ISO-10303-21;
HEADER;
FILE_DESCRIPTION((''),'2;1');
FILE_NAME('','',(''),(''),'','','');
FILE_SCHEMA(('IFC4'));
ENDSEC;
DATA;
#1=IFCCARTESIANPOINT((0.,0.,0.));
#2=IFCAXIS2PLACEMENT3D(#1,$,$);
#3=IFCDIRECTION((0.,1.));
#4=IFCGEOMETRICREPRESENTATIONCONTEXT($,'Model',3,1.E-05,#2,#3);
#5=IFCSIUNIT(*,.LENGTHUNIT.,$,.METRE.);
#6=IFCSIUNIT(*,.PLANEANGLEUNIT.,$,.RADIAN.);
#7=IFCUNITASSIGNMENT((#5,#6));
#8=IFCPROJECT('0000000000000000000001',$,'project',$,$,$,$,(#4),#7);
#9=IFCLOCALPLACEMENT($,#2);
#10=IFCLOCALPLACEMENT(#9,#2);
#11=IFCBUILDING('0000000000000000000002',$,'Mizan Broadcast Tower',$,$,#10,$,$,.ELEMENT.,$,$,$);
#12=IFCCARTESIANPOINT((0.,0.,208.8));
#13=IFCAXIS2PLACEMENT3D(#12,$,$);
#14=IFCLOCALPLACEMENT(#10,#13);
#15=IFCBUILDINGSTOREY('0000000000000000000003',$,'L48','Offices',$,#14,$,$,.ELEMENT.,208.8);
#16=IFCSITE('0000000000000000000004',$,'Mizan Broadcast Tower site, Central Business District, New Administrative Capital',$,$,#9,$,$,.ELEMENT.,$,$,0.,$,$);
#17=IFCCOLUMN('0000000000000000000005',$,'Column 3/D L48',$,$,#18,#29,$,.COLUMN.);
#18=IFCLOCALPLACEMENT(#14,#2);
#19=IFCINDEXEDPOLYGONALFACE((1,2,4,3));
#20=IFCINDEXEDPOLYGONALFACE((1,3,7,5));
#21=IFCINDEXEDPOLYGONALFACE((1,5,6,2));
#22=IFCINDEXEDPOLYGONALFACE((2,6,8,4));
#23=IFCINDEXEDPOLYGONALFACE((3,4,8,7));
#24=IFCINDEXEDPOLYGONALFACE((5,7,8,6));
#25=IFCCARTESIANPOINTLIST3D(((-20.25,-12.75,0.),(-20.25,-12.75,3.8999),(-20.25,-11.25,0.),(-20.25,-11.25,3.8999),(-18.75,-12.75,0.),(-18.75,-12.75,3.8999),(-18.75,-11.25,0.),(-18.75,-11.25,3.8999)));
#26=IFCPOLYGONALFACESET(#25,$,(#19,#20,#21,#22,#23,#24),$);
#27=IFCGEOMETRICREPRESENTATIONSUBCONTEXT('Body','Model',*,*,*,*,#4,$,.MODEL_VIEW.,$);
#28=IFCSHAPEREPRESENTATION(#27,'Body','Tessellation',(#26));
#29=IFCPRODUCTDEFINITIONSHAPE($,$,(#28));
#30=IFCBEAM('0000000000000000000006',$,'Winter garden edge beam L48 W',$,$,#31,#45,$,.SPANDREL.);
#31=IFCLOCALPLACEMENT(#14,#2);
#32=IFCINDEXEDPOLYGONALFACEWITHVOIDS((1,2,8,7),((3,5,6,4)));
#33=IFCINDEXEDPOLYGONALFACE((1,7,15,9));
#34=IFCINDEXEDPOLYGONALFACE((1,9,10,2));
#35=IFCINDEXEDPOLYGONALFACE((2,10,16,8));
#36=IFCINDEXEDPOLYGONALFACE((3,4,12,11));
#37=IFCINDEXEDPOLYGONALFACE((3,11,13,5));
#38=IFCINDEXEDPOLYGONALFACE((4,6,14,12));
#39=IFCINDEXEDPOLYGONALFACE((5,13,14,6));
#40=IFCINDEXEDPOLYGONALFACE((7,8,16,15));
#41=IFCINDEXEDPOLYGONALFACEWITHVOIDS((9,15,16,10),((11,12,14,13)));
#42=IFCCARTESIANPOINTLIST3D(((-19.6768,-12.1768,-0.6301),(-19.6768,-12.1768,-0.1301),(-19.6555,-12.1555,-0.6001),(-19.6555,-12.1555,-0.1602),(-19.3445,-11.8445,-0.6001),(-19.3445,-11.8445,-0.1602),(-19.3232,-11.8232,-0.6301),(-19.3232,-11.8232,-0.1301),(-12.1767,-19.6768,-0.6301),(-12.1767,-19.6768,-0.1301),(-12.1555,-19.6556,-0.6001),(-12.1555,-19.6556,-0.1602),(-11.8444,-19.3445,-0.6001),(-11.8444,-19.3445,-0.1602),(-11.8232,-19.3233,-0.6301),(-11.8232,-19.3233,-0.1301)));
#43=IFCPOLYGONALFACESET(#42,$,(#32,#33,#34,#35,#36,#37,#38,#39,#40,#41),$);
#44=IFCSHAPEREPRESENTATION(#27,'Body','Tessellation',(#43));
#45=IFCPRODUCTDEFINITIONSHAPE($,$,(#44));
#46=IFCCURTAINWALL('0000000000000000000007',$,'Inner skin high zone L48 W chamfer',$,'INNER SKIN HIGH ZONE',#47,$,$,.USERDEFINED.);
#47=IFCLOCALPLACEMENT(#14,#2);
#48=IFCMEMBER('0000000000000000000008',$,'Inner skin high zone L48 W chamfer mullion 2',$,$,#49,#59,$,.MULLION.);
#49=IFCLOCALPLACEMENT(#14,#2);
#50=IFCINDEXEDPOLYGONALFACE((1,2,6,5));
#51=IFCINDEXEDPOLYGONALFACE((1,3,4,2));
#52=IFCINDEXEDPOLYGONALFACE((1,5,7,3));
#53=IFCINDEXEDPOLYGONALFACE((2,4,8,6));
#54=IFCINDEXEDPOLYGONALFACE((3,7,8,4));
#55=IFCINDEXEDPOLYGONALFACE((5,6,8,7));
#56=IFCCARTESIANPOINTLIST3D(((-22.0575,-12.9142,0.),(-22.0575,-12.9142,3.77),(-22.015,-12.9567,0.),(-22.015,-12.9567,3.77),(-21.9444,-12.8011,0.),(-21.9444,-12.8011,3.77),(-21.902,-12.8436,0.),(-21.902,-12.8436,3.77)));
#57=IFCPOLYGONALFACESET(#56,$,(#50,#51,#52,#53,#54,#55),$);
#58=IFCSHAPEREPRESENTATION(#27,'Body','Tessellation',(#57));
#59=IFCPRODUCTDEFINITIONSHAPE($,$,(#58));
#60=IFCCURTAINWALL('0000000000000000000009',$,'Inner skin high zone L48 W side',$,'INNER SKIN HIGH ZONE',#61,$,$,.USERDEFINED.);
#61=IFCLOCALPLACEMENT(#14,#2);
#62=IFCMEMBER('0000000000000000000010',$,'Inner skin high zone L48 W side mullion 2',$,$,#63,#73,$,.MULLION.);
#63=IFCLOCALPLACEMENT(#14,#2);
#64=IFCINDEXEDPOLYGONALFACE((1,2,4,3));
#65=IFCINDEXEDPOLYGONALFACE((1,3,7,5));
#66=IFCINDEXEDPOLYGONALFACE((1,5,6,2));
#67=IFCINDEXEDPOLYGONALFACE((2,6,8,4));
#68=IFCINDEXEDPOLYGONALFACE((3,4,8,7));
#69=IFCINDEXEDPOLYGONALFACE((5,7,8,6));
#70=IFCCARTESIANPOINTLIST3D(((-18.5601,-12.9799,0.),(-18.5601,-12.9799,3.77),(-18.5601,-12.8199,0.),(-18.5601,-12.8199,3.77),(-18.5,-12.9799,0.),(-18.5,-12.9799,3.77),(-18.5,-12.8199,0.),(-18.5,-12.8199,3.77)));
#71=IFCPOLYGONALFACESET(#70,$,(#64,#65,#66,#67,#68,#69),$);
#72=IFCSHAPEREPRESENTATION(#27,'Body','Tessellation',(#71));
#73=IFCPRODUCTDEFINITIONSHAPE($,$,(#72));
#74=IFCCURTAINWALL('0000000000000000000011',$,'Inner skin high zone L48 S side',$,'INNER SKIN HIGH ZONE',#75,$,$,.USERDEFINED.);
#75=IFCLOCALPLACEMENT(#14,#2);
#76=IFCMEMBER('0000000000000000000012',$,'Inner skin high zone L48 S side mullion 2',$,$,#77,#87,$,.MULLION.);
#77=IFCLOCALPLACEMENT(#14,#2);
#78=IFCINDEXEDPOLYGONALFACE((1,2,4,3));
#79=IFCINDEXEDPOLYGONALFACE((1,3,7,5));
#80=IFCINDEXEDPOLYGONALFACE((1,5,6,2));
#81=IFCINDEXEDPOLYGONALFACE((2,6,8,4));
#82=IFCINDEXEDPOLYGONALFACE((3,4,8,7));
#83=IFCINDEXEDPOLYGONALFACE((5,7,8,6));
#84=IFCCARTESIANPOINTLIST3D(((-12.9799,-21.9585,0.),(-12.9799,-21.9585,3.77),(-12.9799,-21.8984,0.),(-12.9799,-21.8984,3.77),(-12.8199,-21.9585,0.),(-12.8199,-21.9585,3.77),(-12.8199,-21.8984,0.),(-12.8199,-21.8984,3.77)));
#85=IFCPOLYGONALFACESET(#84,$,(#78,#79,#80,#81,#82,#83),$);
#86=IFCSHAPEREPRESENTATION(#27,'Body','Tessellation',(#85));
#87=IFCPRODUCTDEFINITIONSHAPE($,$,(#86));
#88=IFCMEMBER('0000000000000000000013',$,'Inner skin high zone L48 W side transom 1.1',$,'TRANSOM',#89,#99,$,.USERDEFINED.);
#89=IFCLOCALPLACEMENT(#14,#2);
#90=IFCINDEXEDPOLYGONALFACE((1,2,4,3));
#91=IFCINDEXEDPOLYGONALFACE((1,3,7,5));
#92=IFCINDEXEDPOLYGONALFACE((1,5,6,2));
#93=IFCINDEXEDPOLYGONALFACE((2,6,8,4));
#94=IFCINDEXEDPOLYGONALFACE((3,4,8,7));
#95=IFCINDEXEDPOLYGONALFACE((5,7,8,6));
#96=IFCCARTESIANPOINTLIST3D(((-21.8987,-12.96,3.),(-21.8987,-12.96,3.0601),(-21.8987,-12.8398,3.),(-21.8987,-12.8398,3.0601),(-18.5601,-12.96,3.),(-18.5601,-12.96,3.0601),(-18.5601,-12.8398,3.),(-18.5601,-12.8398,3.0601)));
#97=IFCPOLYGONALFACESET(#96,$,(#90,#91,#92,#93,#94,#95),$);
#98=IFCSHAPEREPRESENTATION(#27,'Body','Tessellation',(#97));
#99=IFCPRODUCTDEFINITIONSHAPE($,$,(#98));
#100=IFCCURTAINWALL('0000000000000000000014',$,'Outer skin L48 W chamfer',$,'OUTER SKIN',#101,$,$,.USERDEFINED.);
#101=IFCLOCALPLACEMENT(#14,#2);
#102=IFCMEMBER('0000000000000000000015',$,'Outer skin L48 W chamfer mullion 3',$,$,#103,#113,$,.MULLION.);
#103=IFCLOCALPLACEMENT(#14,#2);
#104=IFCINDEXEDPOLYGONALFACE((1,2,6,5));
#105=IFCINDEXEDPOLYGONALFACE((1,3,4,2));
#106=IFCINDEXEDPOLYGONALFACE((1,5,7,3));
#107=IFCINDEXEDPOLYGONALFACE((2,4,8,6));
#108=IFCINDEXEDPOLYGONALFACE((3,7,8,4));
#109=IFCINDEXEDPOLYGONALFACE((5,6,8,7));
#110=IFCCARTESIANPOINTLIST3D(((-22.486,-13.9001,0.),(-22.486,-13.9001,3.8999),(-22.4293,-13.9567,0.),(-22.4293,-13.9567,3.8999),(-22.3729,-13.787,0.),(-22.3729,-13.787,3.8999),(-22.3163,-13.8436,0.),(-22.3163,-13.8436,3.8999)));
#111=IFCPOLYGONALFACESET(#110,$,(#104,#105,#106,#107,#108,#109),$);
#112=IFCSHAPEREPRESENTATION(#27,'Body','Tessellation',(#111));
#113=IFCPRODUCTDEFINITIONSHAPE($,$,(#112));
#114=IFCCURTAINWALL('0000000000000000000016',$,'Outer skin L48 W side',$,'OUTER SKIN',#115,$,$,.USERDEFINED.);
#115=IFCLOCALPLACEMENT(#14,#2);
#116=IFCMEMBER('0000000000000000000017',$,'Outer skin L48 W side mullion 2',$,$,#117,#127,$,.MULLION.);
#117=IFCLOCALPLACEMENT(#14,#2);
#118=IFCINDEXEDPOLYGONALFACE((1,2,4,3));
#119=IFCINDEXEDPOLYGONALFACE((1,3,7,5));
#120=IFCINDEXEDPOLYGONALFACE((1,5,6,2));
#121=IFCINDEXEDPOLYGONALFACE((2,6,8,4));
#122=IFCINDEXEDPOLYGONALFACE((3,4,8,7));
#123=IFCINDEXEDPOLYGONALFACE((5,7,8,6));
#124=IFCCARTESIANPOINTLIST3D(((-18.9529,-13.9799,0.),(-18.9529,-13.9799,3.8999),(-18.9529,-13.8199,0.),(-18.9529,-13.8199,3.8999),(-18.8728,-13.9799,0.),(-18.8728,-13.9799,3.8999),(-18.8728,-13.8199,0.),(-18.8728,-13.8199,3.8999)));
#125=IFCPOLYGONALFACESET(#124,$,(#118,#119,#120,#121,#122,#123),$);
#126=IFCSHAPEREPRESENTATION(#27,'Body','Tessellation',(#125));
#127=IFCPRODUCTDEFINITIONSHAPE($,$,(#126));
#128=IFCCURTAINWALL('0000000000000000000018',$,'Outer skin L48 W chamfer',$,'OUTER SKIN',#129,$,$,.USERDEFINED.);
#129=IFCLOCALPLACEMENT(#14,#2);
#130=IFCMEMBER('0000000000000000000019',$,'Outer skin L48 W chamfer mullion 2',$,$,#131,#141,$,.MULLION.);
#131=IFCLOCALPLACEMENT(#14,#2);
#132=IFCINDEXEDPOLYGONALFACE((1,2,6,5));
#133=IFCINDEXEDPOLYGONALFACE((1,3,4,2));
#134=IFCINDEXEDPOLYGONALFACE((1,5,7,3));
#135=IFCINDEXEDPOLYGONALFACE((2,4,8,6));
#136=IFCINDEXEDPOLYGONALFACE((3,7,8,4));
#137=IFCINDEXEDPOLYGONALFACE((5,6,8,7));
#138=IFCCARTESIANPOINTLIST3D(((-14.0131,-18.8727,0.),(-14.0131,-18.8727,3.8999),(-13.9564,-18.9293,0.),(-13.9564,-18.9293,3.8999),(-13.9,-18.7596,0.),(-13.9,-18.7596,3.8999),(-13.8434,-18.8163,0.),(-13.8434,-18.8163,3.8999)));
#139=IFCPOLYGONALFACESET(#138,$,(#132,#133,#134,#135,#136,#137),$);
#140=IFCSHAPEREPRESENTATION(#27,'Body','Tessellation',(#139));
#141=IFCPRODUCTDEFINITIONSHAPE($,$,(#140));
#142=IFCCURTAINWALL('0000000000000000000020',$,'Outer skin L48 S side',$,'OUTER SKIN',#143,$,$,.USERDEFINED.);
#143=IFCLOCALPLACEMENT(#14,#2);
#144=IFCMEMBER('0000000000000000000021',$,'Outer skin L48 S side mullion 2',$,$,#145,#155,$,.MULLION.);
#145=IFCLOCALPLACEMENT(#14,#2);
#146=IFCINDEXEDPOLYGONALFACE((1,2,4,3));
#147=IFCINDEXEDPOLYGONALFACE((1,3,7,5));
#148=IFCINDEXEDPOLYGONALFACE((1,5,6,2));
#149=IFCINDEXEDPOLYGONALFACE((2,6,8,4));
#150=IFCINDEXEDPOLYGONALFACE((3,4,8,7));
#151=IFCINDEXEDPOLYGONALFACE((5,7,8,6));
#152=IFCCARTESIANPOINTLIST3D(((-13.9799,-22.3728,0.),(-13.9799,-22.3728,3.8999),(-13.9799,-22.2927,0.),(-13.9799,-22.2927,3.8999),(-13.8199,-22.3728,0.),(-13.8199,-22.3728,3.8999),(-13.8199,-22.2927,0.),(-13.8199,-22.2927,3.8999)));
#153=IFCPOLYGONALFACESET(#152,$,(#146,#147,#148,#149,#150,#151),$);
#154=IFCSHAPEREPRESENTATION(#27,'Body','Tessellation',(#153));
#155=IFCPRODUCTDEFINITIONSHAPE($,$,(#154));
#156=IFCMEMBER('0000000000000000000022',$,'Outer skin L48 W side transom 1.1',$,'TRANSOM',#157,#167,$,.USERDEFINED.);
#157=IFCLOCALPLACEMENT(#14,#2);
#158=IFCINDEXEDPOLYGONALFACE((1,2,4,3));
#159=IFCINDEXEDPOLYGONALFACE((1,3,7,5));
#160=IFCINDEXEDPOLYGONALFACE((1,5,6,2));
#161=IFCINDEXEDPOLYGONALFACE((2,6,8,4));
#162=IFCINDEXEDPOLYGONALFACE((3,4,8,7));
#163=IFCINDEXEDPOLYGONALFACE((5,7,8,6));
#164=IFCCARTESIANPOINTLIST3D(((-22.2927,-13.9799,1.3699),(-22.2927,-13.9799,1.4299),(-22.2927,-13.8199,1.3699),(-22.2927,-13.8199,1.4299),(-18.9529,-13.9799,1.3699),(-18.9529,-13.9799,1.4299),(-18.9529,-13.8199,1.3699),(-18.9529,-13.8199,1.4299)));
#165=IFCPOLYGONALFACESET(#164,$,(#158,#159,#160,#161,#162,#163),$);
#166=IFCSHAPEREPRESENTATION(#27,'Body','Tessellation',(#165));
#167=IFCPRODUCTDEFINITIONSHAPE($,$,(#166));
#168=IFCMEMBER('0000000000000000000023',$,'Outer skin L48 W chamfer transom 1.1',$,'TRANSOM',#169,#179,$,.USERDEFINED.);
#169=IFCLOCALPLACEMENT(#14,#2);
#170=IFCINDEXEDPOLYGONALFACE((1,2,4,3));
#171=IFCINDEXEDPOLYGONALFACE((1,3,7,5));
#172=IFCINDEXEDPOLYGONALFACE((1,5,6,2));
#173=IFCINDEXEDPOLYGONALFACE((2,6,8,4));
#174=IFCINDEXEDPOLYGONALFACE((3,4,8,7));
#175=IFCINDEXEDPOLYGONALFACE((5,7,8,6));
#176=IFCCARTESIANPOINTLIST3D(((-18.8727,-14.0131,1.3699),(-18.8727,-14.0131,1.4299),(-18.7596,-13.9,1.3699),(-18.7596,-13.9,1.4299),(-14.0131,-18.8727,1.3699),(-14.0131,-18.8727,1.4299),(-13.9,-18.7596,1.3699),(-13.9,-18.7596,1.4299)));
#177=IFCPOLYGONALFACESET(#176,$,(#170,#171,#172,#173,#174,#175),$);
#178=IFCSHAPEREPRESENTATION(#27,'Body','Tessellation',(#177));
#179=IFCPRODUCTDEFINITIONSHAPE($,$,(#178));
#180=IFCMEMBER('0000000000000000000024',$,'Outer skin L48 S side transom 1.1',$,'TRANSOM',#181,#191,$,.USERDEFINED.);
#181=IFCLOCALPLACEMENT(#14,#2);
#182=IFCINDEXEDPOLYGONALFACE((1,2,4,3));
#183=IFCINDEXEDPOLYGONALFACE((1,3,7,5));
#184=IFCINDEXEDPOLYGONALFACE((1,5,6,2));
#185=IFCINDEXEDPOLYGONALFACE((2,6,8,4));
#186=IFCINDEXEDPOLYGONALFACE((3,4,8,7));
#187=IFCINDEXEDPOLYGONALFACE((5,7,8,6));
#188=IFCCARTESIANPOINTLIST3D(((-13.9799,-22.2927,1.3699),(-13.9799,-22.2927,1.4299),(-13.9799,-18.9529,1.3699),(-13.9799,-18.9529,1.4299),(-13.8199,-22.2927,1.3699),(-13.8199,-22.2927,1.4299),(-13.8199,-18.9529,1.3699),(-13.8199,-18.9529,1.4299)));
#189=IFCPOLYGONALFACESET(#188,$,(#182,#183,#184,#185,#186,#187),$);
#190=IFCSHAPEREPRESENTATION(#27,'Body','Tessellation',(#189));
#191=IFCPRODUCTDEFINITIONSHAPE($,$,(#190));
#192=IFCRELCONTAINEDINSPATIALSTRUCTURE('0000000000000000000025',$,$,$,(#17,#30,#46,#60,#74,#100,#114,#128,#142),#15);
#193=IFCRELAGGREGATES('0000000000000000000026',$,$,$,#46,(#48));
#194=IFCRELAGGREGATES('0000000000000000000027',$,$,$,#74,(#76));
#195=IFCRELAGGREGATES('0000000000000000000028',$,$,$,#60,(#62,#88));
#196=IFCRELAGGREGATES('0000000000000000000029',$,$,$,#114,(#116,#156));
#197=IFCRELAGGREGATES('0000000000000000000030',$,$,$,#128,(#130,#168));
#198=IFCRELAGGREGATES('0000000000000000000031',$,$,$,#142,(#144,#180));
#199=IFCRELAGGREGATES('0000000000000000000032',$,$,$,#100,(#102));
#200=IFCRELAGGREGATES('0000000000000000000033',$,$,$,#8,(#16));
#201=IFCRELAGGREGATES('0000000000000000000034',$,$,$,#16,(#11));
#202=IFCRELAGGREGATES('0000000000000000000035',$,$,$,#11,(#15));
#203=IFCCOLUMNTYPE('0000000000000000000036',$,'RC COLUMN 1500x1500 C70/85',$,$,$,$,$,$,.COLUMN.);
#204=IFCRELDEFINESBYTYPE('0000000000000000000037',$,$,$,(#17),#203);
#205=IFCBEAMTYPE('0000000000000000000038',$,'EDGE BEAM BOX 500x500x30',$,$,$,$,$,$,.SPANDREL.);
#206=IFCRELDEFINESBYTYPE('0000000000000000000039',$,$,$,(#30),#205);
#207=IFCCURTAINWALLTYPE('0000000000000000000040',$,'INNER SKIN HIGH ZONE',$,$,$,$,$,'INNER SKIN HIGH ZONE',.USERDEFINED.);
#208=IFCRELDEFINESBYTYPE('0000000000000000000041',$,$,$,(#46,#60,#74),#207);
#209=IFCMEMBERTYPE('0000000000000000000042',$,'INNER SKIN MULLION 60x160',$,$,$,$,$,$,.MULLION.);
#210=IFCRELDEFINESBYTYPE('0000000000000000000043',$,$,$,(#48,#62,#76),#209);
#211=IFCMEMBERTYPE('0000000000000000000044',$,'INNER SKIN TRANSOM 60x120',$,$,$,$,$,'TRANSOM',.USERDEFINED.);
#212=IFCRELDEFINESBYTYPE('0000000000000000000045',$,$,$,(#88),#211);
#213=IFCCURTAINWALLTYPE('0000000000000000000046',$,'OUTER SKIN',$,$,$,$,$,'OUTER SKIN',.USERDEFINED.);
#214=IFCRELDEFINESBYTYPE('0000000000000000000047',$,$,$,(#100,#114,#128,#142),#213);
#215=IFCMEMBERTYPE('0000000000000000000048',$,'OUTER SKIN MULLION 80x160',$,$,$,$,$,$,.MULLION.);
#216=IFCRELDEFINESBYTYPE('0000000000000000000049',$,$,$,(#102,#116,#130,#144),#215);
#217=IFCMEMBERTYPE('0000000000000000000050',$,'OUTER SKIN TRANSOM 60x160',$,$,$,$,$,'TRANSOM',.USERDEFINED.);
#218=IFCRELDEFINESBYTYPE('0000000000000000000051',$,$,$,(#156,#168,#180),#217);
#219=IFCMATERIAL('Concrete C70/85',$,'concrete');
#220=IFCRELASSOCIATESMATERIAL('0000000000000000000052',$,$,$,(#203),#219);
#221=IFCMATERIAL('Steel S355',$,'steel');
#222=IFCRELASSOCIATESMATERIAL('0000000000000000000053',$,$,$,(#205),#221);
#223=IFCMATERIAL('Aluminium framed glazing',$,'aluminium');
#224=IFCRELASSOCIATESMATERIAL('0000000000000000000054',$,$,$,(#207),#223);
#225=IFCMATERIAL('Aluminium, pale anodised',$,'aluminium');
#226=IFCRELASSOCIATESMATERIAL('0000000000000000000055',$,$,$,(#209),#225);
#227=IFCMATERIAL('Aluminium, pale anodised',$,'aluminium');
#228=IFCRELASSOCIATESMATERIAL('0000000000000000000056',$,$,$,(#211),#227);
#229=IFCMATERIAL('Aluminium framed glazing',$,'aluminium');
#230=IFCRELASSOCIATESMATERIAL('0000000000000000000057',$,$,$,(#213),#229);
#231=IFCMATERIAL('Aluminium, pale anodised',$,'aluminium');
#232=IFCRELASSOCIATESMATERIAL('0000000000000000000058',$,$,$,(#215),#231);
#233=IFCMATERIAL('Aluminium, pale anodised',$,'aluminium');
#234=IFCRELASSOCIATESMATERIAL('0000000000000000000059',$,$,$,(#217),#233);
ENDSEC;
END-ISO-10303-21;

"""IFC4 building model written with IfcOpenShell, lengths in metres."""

from ifc_helpers import new_model, si_unit, direction, frame, origin, origin_2d, place, context, subcontext, project, spatial, rectangle, hollow_rectangle, extrude, material, material_profile, profile_set, type_object, element, aggregate, save


model = new_model("IFC4")

# Units and contexts
model_context = context("Model", 3, precision=1e-05, world=origin(), true_north=direction((0.0, 1.0)))
body_context = subcontext(model_context, "Body", "Model", "MODEL_VIEW")
ifc_project = project(units=[si_unit("LENGTHUNIT", "METRE"), si_unit("PLANEANGLEUNIT", "RADIAN")], contexts=[model_context])

# Site, building, storey
site_placement = place(None, origin())
site = spatial("IfcSite", under=ifc_project, at=site_placement, Name="Mizan Broadcast Tower site, Central Business District, New Administrative Capital", CompositionType="ELEMENT", RefElevation=0.0)
building_placement = place(site_placement, origin())
building = spatial("IfcBuilding", under=site, at=building_placement, Name="Mizan Broadcast Tower", CompositionType="ELEMENT")
storey_placement = place(building_placement, frame((0.0, 0.0, 208.8)))
storey = spatial("IfcBuildingStorey", under=building, at=storey_placement, Name="L48", Description="Offices", CompositionType="ELEMENT", Elevation=208.8)

# Column
ifc_material_1 = material(Name="Concrete C70/85", Category="concrete")
ifc_material_profile_1 = material_profile(ifc_material_1, rectangle(XDim=1.5, YDim=1.5, at=origin_2d()), Name="RC 1500x1500")
ifc_profile_set_1 = profile_set([ifc_material_profile_1], Name="Concrete C70/85")
column_type = type_object("IfcColumnType", Name="RC COLUMN 1500x1500 C70/85", PredefinedType="COLUMN", material=ifc_profile_set_1)
column_placement = place(storey_placement, frame((-19.5, -12.0, 0.0), z_axis=(0.0, 0.0, 1.0), x_axis=(1.0, 0.0, 0.0)))
element("IfcColumn", 1, at=column_placement, inside=storey, type_object=column_type, Name="Column 3/D L48", PredefinedType="COLUMN", context=body_context, shape_type="SweptSolid", body=[
    extrude(rectangle(XDim=1.5, YDim=1.5, at=origin_2d()), origin(), (0.0, 0.0, 1.0), 3.8999),
])

# Beam
ifc_material_2 = material(Name="Steel S355", Category="steel")
ifc_material_profile_2 = material_profile(ifc_material_2, hollow_rectangle(XDim=0.5, YDim=0.5, WallThickness=0.03, at=origin_2d()), Name="BOX 500x500x30")
ifc_profile_set_2 = profile_set([ifc_material_profile_2], Name="Steel S355")
beam_type_1 = type_object("IfcBeamType", Name="EDGE BEAM BOX 500x500x30", PredefinedType="SPANDREL", material=ifc_profile_set_2)
beam_1_placement = place(storey_placement, frame((-19.5, -12.0, -0.3801), z_axis=(0.707107, -0.707107, 0.0), x_axis=(0.707107, 0.707107, 0.0)))
element("IfcBeam", 2, at=beam_1_placement, inside=storey, type_object=beam_type_1, Name="Winter garden edge beam L48 W", PredefinedType="SPANDREL", context=body_context, shape_type="SweptSolid", body=[
    extrude(hollow_rectangle(XDim=0.5, YDim=0.5, WallThickness=0.03, at=origin_2d()), origin(), (0.0, 0.0, 1.0), 10.6067),
])

# Curtain walls, members
ifc_material_3 = material(Name="Aluminium framed glazing", Category="aluminium")
curtain_wall_type_1 = type_object("IfcCurtainWallType", Name="INNER SKIN HIGH ZONE", ElementType="INNER SKIN HIGH ZONE", PredefinedType="USERDEFINED", material=ifc_material_3)
curtain_wall_1_placement = place(storey_placement, origin())
curtain_wall_1 = element("IfcCurtainWall", 3, at=curtain_wall_1_placement, inside=storey, type_object=curtain_wall_type_1, Name="Inner skin high zone L48 W chamfer", ObjectType="INNER SKIN HIGH ZONE", PredefinedType="USERDEFINED")
ifc_material_4 = material(Name="Aluminium, pale anodised", Category="aluminium")
ifc_material_profile_3 = material_profile(ifc_material_4, rectangle(XDim=0.1599, YDim=0.0601, at=origin_2d()), Name="MULLION 160x60")
ifc_profile_set_3 = profile_set([ifc_material_profile_3], Name="Aluminium, pale anodised")
member_type_1 = type_object("IfcMemberType", Name="INNER SKIN MULLION 60x160", PredefinedType="MULLION", material=ifc_profile_set_3)
member_1_placement = place(storey_placement, frame((-21.9797, -12.8789, 0.0), z_axis=(0.0, 0.0, 1.0), x_axis=(0.707107, 0.707107, 0.0)))
member_1 = element("IfcMember", 4, at=member_1_placement, type_object=member_type_1, Name="Inner skin high zone L48 W chamfer mullion 2", PredefinedType="MULLION", context=body_context, shape_type="SweptSolid", body=[
    extrude(rectangle(XDim=0.1599, YDim=0.0601, at=origin_2d()), origin(), (0.0, 0.0, 1.0), 3.77),
])
aggregate(curtain_wall_1, [member_1])
curtain_wall_2_placement = place(storey_placement, origin())
curtain_wall_2 = element("IfcCurtainWall", 5, at=curtain_wall_2_placement, inside=storey, type_object=curtain_wall_type_1, Name="Inner skin high zone L48 W side", ObjectType="INNER SKIN HIGH ZONE", PredefinedType="USERDEFINED")
member_2_placement = place(storey_placement, frame((-18.53, -12.8999, 0.0), z_axis=(0.0, 0.0, 1.0), x_axis=(0.0, 1.0, 0.0)))
member_2 = element("IfcMember", 6, at=member_2_placement, type_object=member_type_1, Name="Inner skin high zone L48 W side mullion 2", PredefinedType="MULLION", context=body_context, shape_type="SweptSolid", body=[
    extrude(rectangle(XDim=0.1599, YDim=0.0601, at=origin_2d()), origin(), (0.0, 0.0, 1.0), 3.77),
])
curtain_wall_3_placement = place(storey_placement, origin())
curtain_wall_3 = element("IfcCurtainWall", 7, at=curtain_wall_3_placement, inside=storey, type_object=curtain_wall_type_1, Name="Inner skin high zone L48 S side", ObjectType="INNER SKIN HIGH ZONE", PredefinedType="USERDEFINED")
member_3_placement = place(storey_placement, frame((-12.8999, -21.9285, 0.0), z_axis=(0.0, 0.0, 1.0), x_axis=(1.0, 0.0, 0.0)))
member_3 = element("IfcMember", 8, at=member_3_placement, type_object=member_type_1, Name="Inner skin high zone L48 S side mullion 2", PredefinedType="MULLION", context=body_context, shape_type="SweptSolid", body=[
    extrude(rectangle(XDim=0.1599, YDim=0.0601, at=origin_2d()), origin(), (0.0, 0.0, 1.0), 3.77),
])
aggregate(curtain_wall_3, [member_3])

# Member
ifc_material_5 = material(Name="Aluminium, pale anodised", Category="aluminium")
ifc_material_profile_4 = material_profile(ifc_material_5, rectangle(XDim=0.1201, YDim=0.0601, at=origin_2d()), Name="TRANSOM 120x60")
ifc_profile_set_4 = profile_set([ifc_material_profile_4], Name="Aluminium, pale anodised")
member_type_2 = type_object("IfcMemberType", Name="INNER SKIN TRANSOM 60x120", ElementType="TRANSOM", PredefinedType="USERDEFINED", material=ifc_profile_set_4)
member_4_placement = place(storey_placement, frame((-21.8987, -12.8999, 3.03), z_axis=(1.0, 0.0, 0.0), x_axis=(0.0, 1.0, 0.0)))
member_4 = element("IfcMember", 9, at=member_4_placement, type_object=member_type_2, Name="Inner skin high zone L48 W side transom 1.1", ObjectType="TRANSOM", PredefinedType="USERDEFINED", context=body_context, shape_type="SweptSolid", body=[
    extrude(rectangle(XDim=0.1201, YDim=0.0601, at=origin_2d()), origin(), (0.0, 0.0, 1.0), 3.3386),
])

# Curtain walls, members
ifc_material_6 = material(Name="Aluminium framed glazing", Category="aluminium")
curtain_wall_type_2 = type_object("IfcCurtainWallType", Name="OUTER SKIN", ElementType="OUTER SKIN", PredefinedType="USERDEFINED", material=ifc_material_6)
curtain_wall_4_placement = place(storey_placement, origin())
curtain_wall_4 = element("IfcCurtainWall", 10, at=curtain_wall_4_placement, inside=storey, type_object=curtain_wall_type_2, Name="Outer skin L48 W chamfer", ObjectType="OUTER SKIN", PredefinedType="USERDEFINED")
ifc_material_7 = material(Name="Aluminium, pale anodised", Category="aluminium")
ifc_material_profile_5 = material_profile(ifc_material_7, rectangle(XDim=0.1599, YDim=0.0801, at=origin_2d()), Name="MULLION 160x80")
ifc_profile_set_5 = profile_set([ifc_material_profile_5], Name="Aluminium, pale anodised")
member_type_3 = type_object("IfcMemberType", Name="OUTER SKIN MULLION 80x160", PredefinedType="MULLION", material=ifc_profile_set_5)
member_5_placement = place(storey_placement, frame((-22.4011, -13.8718, 0.0), z_axis=(0.0, 0.0, 1.0), x_axis=(0.707107, 0.707107, 0.0)))
member_5 = element("IfcMember", 11, at=member_5_placement, type_object=member_type_3, Name="Outer skin L48 W chamfer mullion 3", PredefinedType="MULLION", context=body_context, shape_type="SweptSolid", body=[
    extrude(rectangle(XDim=0.1599, YDim=0.0801, at=origin_2d()), origin(), (0.0, 0.0, 1.0), 3.8999),
])
curtain_wall_5_placement = place(storey_placement, origin())
curtain_wall_5 = element("IfcCurtainWall", 12, at=curtain_wall_5_placement, inside=storey, type_object=curtain_wall_type_2, Name="Outer skin L48 W side", ObjectType="OUTER SKIN", PredefinedType="USERDEFINED")
member_6_placement = place(storey_placement, frame((-18.9128, -13.8999, 0.0), z_axis=(0.0, 0.0, 1.0), x_axis=(0.0, 1.0, 0.0)))
member_6 = element("IfcMember", 13, at=member_6_placement, type_object=member_type_3, Name="Outer skin L48 W side mullion 2", PredefinedType="MULLION", context=body_context, shape_type="SweptSolid", body=[
    extrude(rectangle(XDim=0.1599, YDim=0.0801, at=origin_2d()), origin(), (0.0, 0.0, 1.0), 3.8999),
])
curtain_wall_6_placement = place(storey_placement, origin())
curtain_wall_6 = element("IfcCurtainWall", 14, at=curtain_wall_6_placement, inside=storey, type_object=curtain_wall_type_2, Name="Outer skin L48 W chamfer", ObjectType="OUTER SKIN", PredefinedType="USERDEFINED")
member_7_placement = place(storey_placement, frame((-13.9282, -18.8445, 0.0), z_axis=(0.0, 0.0, 1.0), x_axis=(0.707107, 0.707107, 0.0)))
member_7 = element("IfcMember", 15, at=member_7_placement, type_object=member_type_3, Name="Outer skin L48 W chamfer mullion 2", PredefinedType="MULLION", context=body_context, shape_type="SweptSolid", body=[
    extrude(rectangle(XDim=0.1599, YDim=0.0801, at=origin_2d()), origin(), (0.0, 0.0, 1.0), 3.8999),
])
curtain_wall_7_placement = place(storey_placement, origin())
curtain_wall_7 = element("IfcCurtainWall", 16, at=curtain_wall_7_placement, inside=storey, type_object=curtain_wall_type_2, Name="Outer skin L48 S side", ObjectType="OUTER SKIN", PredefinedType="USERDEFINED")
member_8_placement = place(storey_placement, frame((-13.8999, -22.3328, 0.0), z_axis=(0.0, 0.0, 1.0), x_axis=(1.0, 0.0, 0.0)))
member_8 = element("IfcMember", 17, at=member_8_placement, type_object=member_type_3, Name="Outer skin L48 S side mullion 2", PredefinedType="MULLION", context=body_context, shape_type="SweptSolid", body=[
    extrude(rectangle(XDim=0.1599, YDim=0.0801, at=origin_2d()), origin(), (0.0, 0.0, 1.0), 3.8999),
])

# Members
ifc_material_8 = material(Name="Aluminium, pale anodised", Category="aluminium")
ifc_material_profile_6 = material_profile(ifc_material_8, rectangle(XDim=0.1599, YDim=0.0601, at=origin_2d()), Name="TRANSOM 160x60")
ifc_profile_set_6 = profile_set([ifc_material_profile_6], Name="Aluminium, pale anodised")
member_type_4 = type_object("IfcMemberType", Name="OUTER SKIN TRANSOM 60x160", ElementType="TRANSOM", PredefinedType="USERDEFINED", material=ifc_profile_set_6)
member_9_placement = place(storey_placement, frame((-22.2927, -13.8999, 1.3999), z_axis=(1.0, 0.0, 0.0), x_axis=(0.0, 1.0, 0.0)))
member_9 = element("IfcMember", 18, at=member_9_placement, type_object=member_type_4, Name="Outer skin L48 W side transom 1.1", ObjectType="TRANSOM", PredefinedType="USERDEFINED", context=body_context, shape_type="SweptSolid", body=[
    extrude(rectangle(XDim=0.1599, YDim=0.0601, at=origin_2d()), origin(), (0.0, 0.0, 1.0), 3.3398),
])
member_10_placement = place(storey_placement, frame((-18.8162, -13.9565, 1.3999), z_axis=(0.707107, -0.707107, 0.0), x_axis=(0.707107, 0.707107, 0.0)))
member_10 = element("IfcMember", 19, at=member_10_placement, type_object=member_type_4, Name="Outer skin L48 W chamfer transom 1.1", ObjectType="TRANSOM", PredefinedType="USERDEFINED", context=body_context, shape_type="SweptSolid", body=[
    extrude(rectangle(XDim=0.1599, YDim=0.0601, at=origin_2d()), origin(), (0.0, 0.0, 1.0), 6.8726),
])
member_11_placement = place(storey_placement, frame((-13.8999, -18.9529, 1.3999), z_axis=(0.0, -1.0, 0.0), x_axis=(1.0, 0.0, 0.0)))
member_11 = element("IfcMember", 20, at=member_11_placement, type_object=member_type_4, Name="Outer skin L48 S side transom 1.1", ObjectType="TRANSOM", PredefinedType="USERDEFINED", context=body_context, shape_type="SweptSolid", body=[
    extrude(rectangle(XDim=0.1599, YDim=0.0601, at=origin_2d()), origin(), (0.0, 0.0, 1.0), 3.3398),
])

aggregate(curtain_wall_2, [member_2, member_4])
aggregate(curtain_wall_5, [member_6, member_9])
aggregate(curtain_wall_6, [member_7, member_10])
aggregate(curtain_wall_7, [member_8, member_11])
aggregate(curtain_wall_4, [member_5])

save(model, "model.ifc")
